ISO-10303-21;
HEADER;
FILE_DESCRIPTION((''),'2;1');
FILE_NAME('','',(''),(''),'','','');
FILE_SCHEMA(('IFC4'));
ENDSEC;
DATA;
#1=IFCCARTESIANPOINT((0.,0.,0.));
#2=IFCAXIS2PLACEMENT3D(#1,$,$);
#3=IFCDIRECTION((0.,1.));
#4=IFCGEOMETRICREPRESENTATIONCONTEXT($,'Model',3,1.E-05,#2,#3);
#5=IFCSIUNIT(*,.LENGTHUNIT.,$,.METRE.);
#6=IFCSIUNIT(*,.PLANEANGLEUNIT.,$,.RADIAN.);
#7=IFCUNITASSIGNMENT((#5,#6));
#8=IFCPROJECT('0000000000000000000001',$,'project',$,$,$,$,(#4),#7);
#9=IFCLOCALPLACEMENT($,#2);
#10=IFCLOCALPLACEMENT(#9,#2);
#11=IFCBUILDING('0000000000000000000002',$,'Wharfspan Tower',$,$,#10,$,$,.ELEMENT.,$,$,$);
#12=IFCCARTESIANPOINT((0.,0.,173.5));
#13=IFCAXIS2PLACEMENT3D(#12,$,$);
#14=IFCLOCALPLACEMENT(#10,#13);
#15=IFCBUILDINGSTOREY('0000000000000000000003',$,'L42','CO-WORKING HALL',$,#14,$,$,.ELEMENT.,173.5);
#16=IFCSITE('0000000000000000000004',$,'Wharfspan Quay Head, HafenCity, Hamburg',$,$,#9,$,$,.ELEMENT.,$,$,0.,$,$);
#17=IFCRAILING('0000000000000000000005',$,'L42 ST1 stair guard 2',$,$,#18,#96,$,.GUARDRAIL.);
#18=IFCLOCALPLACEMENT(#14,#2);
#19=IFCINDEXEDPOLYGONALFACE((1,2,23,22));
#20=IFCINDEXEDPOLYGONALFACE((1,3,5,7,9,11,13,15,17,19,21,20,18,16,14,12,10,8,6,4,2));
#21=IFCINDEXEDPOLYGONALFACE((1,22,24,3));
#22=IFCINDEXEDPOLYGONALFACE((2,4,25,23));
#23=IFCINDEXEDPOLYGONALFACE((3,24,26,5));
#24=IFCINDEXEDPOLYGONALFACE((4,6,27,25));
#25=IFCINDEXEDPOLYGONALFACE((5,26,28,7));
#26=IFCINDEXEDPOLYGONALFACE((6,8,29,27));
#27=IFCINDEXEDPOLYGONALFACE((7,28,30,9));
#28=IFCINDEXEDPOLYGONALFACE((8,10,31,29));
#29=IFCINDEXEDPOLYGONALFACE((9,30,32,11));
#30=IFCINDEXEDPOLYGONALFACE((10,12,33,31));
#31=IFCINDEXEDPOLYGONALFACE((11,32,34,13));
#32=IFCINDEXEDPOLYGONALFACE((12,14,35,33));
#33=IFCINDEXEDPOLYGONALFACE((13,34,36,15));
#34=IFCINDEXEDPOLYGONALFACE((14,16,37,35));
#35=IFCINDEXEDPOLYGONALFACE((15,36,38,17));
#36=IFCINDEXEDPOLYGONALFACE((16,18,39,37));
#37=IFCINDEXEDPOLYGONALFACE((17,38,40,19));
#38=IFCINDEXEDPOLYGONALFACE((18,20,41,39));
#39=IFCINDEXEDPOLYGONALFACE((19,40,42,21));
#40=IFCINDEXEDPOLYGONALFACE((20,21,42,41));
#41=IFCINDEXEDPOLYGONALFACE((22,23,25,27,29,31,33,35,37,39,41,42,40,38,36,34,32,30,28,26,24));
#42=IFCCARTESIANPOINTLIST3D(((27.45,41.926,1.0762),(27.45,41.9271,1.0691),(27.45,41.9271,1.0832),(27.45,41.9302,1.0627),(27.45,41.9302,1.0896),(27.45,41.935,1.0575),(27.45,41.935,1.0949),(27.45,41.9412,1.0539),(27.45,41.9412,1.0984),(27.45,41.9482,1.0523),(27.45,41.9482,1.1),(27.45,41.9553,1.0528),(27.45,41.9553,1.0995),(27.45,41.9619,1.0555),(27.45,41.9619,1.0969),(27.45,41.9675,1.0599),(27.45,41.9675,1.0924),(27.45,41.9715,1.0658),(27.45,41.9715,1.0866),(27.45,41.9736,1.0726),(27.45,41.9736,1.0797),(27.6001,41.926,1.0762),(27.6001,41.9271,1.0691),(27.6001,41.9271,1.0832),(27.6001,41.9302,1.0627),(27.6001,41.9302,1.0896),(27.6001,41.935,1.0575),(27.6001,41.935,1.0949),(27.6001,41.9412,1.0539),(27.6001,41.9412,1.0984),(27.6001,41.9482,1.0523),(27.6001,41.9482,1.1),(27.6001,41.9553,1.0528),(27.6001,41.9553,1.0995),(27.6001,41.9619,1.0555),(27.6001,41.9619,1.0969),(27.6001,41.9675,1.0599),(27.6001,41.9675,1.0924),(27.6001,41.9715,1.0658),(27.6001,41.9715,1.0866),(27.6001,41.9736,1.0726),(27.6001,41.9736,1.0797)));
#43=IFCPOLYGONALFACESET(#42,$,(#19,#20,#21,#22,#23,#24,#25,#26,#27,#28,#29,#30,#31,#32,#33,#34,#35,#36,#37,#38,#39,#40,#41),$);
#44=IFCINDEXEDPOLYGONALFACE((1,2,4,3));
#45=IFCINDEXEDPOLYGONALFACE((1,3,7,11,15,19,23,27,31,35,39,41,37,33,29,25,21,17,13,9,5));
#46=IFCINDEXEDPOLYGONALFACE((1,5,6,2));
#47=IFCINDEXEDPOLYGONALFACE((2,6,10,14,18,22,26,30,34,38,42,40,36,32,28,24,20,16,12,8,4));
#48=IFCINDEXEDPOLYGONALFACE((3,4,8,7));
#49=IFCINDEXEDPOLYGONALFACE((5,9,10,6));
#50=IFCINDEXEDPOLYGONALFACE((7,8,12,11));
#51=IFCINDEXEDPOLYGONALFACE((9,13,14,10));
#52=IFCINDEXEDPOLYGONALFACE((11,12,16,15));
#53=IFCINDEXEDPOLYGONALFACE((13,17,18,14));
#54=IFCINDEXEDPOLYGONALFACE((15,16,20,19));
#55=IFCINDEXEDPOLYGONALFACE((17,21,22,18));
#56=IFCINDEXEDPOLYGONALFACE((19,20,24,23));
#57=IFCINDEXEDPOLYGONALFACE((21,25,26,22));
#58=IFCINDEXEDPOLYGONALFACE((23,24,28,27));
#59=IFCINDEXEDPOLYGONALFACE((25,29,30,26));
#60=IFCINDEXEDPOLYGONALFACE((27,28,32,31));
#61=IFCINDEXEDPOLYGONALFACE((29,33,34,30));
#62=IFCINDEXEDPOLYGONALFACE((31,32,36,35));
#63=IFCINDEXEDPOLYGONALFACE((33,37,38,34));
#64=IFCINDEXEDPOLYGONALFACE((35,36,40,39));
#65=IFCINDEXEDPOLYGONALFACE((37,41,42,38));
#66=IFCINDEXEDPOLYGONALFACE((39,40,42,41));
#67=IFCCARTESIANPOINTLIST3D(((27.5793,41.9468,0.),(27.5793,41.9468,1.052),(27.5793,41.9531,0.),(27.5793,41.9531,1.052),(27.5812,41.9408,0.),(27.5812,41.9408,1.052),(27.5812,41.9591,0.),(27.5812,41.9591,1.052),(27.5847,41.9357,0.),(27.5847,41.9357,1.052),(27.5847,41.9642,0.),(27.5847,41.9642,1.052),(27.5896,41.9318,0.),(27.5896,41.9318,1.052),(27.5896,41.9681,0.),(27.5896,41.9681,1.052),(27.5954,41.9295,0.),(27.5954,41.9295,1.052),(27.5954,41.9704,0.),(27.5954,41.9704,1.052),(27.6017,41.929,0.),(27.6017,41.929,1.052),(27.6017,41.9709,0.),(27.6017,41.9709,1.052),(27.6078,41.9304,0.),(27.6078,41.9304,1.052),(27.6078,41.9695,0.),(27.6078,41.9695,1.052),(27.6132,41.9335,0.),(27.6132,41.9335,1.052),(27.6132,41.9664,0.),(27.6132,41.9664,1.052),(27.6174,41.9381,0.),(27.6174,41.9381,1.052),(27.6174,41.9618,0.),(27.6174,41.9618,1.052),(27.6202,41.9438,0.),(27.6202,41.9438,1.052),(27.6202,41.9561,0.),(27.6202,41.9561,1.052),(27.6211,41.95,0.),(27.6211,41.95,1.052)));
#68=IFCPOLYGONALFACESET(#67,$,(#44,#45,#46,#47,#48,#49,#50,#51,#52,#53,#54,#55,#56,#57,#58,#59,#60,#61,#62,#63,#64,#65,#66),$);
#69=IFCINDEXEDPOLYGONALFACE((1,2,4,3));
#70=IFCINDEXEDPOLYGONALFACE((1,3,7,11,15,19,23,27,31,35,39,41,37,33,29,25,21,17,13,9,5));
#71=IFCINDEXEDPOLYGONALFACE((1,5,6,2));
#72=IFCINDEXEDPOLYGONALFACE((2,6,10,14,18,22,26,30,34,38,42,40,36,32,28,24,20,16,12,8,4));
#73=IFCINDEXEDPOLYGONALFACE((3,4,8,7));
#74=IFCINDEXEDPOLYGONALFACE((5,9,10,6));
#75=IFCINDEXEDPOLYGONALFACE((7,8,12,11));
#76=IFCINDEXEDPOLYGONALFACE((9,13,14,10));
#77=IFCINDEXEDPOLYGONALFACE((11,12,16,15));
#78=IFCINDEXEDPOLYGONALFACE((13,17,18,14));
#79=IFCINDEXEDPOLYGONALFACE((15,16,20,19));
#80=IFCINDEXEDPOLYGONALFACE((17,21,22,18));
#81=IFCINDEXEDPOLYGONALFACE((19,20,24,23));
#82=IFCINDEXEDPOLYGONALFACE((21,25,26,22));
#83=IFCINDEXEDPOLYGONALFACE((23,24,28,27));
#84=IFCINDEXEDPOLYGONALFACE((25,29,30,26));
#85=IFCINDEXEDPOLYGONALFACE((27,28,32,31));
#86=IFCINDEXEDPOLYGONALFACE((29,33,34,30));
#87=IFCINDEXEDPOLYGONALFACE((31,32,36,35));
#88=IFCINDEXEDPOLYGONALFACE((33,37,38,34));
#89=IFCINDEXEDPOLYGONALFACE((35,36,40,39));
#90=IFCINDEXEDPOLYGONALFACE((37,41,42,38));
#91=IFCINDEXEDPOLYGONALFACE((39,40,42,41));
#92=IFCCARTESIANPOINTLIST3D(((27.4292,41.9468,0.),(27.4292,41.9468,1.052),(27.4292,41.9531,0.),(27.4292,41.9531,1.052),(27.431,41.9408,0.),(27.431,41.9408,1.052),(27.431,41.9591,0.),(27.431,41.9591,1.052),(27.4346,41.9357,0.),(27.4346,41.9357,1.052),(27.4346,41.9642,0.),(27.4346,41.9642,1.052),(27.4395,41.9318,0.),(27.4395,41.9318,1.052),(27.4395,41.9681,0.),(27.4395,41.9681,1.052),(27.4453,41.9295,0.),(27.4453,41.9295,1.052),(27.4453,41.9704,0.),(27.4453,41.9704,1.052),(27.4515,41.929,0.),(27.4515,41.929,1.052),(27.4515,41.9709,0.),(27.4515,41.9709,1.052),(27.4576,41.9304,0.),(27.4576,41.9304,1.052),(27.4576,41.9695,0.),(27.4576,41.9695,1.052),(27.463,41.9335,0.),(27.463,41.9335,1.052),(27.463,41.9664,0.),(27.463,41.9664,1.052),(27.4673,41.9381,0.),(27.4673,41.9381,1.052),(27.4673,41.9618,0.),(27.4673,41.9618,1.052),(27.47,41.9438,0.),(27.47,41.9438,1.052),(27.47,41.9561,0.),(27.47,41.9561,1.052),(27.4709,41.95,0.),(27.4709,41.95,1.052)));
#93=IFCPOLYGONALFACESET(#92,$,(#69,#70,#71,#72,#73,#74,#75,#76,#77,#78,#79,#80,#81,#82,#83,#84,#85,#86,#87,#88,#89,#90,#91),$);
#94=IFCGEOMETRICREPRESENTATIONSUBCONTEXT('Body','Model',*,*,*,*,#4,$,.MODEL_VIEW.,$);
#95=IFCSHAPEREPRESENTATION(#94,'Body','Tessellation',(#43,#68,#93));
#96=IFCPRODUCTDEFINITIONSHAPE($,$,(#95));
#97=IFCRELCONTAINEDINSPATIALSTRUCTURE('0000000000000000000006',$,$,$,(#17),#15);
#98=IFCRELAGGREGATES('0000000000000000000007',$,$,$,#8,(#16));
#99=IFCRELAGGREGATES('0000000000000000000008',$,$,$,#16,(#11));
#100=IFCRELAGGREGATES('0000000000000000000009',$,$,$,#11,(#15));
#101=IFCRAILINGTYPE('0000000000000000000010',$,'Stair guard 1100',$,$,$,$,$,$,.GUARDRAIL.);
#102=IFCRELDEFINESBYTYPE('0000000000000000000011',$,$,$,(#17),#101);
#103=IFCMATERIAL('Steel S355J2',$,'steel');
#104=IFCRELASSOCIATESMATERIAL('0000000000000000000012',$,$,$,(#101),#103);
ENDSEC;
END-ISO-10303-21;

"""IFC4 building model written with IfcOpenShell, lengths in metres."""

from ifc_helpers import new_model, si_unit, direction, frame, origin, origin_2d, place, context, subcontext, project, spatial, circle, extrude, material, type_object, element, save


model = new_model("IFC4")

# Units and contexts
model_context = context("Model", 3, precision=1e-05, world=origin(), true_north=direction((0.0, 1.0)))
body_context = subcontext(model_context, "Body", "Model", "MODEL_VIEW")
ifc_project = project(units=[si_unit("LENGTHUNIT", "METRE"), si_unit("PLANEANGLEUNIT", "RADIAN")], contexts=[model_context])

# Site, building, storey
site_placement = place(None, origin())
site = spatial("IfcSite", under=ifc_project, at=site_placement, Name="Wharfspan Quay Head, HafenCity, Hamburg", CompositionType="ELEMENT", RefElevation=0.0)
building_placement = place(site_placement, origin())
building = spatial("IfcBuilding", under=site, at=building_placement, Name="Wharfspan Tower", CompositionType="ELEMENT")
storey_placement = place(building_placement, frame((0.0, 0.0, 173.5)))
storey = spatial("IfcBuildingStorey", under=building, at=storey_placement, Name="L42", Description="CO-WORKING HALL", CompositionType="ELEMENT", Elevation=173.5)

# Shared definitions
ifc_material_1 = material(Name="Steel S355J2", Category="steel")

# Railing
railing_type_1 = type_object("IfcRailingType", Name="Stair guard 1100", PredefinedType="GUARDRAIL", material=ifc_material_1)
railing_1_placement = place(storey_placement, frame((27.6001, 41.95, 0.0)))
element("IfcRailing", 1, at=railing_1_placement, inside=storey, type_object=railing_type_1, Name="L42 ST1 stair guard 2", PredefinedType="GUARDRAIL", context=body_context, shape_type="SweptSolid", body=[
    extrude(circle(Radius=0.0239, at=origin_2d()), frame((0.0, 0.0, 1.0762), z_axis=(-1.0, 0.0, 0.0), x_axis=(0.0, -1.0, 0.0)), (0.0, 0.0, 1.0), 0.1501),
    extrude(circle(Radius=0.021, at=origin_2d()), origin(), (0.0, 0.0, 1.0), 1.052),
    extrude(circle(Radius=0.021, at=origin_2d()), frame((-0.1501, 0.0, 0.0)), (0.0, 0.0, 1.0), 1.052),
])

save(model, "model.ifc")
